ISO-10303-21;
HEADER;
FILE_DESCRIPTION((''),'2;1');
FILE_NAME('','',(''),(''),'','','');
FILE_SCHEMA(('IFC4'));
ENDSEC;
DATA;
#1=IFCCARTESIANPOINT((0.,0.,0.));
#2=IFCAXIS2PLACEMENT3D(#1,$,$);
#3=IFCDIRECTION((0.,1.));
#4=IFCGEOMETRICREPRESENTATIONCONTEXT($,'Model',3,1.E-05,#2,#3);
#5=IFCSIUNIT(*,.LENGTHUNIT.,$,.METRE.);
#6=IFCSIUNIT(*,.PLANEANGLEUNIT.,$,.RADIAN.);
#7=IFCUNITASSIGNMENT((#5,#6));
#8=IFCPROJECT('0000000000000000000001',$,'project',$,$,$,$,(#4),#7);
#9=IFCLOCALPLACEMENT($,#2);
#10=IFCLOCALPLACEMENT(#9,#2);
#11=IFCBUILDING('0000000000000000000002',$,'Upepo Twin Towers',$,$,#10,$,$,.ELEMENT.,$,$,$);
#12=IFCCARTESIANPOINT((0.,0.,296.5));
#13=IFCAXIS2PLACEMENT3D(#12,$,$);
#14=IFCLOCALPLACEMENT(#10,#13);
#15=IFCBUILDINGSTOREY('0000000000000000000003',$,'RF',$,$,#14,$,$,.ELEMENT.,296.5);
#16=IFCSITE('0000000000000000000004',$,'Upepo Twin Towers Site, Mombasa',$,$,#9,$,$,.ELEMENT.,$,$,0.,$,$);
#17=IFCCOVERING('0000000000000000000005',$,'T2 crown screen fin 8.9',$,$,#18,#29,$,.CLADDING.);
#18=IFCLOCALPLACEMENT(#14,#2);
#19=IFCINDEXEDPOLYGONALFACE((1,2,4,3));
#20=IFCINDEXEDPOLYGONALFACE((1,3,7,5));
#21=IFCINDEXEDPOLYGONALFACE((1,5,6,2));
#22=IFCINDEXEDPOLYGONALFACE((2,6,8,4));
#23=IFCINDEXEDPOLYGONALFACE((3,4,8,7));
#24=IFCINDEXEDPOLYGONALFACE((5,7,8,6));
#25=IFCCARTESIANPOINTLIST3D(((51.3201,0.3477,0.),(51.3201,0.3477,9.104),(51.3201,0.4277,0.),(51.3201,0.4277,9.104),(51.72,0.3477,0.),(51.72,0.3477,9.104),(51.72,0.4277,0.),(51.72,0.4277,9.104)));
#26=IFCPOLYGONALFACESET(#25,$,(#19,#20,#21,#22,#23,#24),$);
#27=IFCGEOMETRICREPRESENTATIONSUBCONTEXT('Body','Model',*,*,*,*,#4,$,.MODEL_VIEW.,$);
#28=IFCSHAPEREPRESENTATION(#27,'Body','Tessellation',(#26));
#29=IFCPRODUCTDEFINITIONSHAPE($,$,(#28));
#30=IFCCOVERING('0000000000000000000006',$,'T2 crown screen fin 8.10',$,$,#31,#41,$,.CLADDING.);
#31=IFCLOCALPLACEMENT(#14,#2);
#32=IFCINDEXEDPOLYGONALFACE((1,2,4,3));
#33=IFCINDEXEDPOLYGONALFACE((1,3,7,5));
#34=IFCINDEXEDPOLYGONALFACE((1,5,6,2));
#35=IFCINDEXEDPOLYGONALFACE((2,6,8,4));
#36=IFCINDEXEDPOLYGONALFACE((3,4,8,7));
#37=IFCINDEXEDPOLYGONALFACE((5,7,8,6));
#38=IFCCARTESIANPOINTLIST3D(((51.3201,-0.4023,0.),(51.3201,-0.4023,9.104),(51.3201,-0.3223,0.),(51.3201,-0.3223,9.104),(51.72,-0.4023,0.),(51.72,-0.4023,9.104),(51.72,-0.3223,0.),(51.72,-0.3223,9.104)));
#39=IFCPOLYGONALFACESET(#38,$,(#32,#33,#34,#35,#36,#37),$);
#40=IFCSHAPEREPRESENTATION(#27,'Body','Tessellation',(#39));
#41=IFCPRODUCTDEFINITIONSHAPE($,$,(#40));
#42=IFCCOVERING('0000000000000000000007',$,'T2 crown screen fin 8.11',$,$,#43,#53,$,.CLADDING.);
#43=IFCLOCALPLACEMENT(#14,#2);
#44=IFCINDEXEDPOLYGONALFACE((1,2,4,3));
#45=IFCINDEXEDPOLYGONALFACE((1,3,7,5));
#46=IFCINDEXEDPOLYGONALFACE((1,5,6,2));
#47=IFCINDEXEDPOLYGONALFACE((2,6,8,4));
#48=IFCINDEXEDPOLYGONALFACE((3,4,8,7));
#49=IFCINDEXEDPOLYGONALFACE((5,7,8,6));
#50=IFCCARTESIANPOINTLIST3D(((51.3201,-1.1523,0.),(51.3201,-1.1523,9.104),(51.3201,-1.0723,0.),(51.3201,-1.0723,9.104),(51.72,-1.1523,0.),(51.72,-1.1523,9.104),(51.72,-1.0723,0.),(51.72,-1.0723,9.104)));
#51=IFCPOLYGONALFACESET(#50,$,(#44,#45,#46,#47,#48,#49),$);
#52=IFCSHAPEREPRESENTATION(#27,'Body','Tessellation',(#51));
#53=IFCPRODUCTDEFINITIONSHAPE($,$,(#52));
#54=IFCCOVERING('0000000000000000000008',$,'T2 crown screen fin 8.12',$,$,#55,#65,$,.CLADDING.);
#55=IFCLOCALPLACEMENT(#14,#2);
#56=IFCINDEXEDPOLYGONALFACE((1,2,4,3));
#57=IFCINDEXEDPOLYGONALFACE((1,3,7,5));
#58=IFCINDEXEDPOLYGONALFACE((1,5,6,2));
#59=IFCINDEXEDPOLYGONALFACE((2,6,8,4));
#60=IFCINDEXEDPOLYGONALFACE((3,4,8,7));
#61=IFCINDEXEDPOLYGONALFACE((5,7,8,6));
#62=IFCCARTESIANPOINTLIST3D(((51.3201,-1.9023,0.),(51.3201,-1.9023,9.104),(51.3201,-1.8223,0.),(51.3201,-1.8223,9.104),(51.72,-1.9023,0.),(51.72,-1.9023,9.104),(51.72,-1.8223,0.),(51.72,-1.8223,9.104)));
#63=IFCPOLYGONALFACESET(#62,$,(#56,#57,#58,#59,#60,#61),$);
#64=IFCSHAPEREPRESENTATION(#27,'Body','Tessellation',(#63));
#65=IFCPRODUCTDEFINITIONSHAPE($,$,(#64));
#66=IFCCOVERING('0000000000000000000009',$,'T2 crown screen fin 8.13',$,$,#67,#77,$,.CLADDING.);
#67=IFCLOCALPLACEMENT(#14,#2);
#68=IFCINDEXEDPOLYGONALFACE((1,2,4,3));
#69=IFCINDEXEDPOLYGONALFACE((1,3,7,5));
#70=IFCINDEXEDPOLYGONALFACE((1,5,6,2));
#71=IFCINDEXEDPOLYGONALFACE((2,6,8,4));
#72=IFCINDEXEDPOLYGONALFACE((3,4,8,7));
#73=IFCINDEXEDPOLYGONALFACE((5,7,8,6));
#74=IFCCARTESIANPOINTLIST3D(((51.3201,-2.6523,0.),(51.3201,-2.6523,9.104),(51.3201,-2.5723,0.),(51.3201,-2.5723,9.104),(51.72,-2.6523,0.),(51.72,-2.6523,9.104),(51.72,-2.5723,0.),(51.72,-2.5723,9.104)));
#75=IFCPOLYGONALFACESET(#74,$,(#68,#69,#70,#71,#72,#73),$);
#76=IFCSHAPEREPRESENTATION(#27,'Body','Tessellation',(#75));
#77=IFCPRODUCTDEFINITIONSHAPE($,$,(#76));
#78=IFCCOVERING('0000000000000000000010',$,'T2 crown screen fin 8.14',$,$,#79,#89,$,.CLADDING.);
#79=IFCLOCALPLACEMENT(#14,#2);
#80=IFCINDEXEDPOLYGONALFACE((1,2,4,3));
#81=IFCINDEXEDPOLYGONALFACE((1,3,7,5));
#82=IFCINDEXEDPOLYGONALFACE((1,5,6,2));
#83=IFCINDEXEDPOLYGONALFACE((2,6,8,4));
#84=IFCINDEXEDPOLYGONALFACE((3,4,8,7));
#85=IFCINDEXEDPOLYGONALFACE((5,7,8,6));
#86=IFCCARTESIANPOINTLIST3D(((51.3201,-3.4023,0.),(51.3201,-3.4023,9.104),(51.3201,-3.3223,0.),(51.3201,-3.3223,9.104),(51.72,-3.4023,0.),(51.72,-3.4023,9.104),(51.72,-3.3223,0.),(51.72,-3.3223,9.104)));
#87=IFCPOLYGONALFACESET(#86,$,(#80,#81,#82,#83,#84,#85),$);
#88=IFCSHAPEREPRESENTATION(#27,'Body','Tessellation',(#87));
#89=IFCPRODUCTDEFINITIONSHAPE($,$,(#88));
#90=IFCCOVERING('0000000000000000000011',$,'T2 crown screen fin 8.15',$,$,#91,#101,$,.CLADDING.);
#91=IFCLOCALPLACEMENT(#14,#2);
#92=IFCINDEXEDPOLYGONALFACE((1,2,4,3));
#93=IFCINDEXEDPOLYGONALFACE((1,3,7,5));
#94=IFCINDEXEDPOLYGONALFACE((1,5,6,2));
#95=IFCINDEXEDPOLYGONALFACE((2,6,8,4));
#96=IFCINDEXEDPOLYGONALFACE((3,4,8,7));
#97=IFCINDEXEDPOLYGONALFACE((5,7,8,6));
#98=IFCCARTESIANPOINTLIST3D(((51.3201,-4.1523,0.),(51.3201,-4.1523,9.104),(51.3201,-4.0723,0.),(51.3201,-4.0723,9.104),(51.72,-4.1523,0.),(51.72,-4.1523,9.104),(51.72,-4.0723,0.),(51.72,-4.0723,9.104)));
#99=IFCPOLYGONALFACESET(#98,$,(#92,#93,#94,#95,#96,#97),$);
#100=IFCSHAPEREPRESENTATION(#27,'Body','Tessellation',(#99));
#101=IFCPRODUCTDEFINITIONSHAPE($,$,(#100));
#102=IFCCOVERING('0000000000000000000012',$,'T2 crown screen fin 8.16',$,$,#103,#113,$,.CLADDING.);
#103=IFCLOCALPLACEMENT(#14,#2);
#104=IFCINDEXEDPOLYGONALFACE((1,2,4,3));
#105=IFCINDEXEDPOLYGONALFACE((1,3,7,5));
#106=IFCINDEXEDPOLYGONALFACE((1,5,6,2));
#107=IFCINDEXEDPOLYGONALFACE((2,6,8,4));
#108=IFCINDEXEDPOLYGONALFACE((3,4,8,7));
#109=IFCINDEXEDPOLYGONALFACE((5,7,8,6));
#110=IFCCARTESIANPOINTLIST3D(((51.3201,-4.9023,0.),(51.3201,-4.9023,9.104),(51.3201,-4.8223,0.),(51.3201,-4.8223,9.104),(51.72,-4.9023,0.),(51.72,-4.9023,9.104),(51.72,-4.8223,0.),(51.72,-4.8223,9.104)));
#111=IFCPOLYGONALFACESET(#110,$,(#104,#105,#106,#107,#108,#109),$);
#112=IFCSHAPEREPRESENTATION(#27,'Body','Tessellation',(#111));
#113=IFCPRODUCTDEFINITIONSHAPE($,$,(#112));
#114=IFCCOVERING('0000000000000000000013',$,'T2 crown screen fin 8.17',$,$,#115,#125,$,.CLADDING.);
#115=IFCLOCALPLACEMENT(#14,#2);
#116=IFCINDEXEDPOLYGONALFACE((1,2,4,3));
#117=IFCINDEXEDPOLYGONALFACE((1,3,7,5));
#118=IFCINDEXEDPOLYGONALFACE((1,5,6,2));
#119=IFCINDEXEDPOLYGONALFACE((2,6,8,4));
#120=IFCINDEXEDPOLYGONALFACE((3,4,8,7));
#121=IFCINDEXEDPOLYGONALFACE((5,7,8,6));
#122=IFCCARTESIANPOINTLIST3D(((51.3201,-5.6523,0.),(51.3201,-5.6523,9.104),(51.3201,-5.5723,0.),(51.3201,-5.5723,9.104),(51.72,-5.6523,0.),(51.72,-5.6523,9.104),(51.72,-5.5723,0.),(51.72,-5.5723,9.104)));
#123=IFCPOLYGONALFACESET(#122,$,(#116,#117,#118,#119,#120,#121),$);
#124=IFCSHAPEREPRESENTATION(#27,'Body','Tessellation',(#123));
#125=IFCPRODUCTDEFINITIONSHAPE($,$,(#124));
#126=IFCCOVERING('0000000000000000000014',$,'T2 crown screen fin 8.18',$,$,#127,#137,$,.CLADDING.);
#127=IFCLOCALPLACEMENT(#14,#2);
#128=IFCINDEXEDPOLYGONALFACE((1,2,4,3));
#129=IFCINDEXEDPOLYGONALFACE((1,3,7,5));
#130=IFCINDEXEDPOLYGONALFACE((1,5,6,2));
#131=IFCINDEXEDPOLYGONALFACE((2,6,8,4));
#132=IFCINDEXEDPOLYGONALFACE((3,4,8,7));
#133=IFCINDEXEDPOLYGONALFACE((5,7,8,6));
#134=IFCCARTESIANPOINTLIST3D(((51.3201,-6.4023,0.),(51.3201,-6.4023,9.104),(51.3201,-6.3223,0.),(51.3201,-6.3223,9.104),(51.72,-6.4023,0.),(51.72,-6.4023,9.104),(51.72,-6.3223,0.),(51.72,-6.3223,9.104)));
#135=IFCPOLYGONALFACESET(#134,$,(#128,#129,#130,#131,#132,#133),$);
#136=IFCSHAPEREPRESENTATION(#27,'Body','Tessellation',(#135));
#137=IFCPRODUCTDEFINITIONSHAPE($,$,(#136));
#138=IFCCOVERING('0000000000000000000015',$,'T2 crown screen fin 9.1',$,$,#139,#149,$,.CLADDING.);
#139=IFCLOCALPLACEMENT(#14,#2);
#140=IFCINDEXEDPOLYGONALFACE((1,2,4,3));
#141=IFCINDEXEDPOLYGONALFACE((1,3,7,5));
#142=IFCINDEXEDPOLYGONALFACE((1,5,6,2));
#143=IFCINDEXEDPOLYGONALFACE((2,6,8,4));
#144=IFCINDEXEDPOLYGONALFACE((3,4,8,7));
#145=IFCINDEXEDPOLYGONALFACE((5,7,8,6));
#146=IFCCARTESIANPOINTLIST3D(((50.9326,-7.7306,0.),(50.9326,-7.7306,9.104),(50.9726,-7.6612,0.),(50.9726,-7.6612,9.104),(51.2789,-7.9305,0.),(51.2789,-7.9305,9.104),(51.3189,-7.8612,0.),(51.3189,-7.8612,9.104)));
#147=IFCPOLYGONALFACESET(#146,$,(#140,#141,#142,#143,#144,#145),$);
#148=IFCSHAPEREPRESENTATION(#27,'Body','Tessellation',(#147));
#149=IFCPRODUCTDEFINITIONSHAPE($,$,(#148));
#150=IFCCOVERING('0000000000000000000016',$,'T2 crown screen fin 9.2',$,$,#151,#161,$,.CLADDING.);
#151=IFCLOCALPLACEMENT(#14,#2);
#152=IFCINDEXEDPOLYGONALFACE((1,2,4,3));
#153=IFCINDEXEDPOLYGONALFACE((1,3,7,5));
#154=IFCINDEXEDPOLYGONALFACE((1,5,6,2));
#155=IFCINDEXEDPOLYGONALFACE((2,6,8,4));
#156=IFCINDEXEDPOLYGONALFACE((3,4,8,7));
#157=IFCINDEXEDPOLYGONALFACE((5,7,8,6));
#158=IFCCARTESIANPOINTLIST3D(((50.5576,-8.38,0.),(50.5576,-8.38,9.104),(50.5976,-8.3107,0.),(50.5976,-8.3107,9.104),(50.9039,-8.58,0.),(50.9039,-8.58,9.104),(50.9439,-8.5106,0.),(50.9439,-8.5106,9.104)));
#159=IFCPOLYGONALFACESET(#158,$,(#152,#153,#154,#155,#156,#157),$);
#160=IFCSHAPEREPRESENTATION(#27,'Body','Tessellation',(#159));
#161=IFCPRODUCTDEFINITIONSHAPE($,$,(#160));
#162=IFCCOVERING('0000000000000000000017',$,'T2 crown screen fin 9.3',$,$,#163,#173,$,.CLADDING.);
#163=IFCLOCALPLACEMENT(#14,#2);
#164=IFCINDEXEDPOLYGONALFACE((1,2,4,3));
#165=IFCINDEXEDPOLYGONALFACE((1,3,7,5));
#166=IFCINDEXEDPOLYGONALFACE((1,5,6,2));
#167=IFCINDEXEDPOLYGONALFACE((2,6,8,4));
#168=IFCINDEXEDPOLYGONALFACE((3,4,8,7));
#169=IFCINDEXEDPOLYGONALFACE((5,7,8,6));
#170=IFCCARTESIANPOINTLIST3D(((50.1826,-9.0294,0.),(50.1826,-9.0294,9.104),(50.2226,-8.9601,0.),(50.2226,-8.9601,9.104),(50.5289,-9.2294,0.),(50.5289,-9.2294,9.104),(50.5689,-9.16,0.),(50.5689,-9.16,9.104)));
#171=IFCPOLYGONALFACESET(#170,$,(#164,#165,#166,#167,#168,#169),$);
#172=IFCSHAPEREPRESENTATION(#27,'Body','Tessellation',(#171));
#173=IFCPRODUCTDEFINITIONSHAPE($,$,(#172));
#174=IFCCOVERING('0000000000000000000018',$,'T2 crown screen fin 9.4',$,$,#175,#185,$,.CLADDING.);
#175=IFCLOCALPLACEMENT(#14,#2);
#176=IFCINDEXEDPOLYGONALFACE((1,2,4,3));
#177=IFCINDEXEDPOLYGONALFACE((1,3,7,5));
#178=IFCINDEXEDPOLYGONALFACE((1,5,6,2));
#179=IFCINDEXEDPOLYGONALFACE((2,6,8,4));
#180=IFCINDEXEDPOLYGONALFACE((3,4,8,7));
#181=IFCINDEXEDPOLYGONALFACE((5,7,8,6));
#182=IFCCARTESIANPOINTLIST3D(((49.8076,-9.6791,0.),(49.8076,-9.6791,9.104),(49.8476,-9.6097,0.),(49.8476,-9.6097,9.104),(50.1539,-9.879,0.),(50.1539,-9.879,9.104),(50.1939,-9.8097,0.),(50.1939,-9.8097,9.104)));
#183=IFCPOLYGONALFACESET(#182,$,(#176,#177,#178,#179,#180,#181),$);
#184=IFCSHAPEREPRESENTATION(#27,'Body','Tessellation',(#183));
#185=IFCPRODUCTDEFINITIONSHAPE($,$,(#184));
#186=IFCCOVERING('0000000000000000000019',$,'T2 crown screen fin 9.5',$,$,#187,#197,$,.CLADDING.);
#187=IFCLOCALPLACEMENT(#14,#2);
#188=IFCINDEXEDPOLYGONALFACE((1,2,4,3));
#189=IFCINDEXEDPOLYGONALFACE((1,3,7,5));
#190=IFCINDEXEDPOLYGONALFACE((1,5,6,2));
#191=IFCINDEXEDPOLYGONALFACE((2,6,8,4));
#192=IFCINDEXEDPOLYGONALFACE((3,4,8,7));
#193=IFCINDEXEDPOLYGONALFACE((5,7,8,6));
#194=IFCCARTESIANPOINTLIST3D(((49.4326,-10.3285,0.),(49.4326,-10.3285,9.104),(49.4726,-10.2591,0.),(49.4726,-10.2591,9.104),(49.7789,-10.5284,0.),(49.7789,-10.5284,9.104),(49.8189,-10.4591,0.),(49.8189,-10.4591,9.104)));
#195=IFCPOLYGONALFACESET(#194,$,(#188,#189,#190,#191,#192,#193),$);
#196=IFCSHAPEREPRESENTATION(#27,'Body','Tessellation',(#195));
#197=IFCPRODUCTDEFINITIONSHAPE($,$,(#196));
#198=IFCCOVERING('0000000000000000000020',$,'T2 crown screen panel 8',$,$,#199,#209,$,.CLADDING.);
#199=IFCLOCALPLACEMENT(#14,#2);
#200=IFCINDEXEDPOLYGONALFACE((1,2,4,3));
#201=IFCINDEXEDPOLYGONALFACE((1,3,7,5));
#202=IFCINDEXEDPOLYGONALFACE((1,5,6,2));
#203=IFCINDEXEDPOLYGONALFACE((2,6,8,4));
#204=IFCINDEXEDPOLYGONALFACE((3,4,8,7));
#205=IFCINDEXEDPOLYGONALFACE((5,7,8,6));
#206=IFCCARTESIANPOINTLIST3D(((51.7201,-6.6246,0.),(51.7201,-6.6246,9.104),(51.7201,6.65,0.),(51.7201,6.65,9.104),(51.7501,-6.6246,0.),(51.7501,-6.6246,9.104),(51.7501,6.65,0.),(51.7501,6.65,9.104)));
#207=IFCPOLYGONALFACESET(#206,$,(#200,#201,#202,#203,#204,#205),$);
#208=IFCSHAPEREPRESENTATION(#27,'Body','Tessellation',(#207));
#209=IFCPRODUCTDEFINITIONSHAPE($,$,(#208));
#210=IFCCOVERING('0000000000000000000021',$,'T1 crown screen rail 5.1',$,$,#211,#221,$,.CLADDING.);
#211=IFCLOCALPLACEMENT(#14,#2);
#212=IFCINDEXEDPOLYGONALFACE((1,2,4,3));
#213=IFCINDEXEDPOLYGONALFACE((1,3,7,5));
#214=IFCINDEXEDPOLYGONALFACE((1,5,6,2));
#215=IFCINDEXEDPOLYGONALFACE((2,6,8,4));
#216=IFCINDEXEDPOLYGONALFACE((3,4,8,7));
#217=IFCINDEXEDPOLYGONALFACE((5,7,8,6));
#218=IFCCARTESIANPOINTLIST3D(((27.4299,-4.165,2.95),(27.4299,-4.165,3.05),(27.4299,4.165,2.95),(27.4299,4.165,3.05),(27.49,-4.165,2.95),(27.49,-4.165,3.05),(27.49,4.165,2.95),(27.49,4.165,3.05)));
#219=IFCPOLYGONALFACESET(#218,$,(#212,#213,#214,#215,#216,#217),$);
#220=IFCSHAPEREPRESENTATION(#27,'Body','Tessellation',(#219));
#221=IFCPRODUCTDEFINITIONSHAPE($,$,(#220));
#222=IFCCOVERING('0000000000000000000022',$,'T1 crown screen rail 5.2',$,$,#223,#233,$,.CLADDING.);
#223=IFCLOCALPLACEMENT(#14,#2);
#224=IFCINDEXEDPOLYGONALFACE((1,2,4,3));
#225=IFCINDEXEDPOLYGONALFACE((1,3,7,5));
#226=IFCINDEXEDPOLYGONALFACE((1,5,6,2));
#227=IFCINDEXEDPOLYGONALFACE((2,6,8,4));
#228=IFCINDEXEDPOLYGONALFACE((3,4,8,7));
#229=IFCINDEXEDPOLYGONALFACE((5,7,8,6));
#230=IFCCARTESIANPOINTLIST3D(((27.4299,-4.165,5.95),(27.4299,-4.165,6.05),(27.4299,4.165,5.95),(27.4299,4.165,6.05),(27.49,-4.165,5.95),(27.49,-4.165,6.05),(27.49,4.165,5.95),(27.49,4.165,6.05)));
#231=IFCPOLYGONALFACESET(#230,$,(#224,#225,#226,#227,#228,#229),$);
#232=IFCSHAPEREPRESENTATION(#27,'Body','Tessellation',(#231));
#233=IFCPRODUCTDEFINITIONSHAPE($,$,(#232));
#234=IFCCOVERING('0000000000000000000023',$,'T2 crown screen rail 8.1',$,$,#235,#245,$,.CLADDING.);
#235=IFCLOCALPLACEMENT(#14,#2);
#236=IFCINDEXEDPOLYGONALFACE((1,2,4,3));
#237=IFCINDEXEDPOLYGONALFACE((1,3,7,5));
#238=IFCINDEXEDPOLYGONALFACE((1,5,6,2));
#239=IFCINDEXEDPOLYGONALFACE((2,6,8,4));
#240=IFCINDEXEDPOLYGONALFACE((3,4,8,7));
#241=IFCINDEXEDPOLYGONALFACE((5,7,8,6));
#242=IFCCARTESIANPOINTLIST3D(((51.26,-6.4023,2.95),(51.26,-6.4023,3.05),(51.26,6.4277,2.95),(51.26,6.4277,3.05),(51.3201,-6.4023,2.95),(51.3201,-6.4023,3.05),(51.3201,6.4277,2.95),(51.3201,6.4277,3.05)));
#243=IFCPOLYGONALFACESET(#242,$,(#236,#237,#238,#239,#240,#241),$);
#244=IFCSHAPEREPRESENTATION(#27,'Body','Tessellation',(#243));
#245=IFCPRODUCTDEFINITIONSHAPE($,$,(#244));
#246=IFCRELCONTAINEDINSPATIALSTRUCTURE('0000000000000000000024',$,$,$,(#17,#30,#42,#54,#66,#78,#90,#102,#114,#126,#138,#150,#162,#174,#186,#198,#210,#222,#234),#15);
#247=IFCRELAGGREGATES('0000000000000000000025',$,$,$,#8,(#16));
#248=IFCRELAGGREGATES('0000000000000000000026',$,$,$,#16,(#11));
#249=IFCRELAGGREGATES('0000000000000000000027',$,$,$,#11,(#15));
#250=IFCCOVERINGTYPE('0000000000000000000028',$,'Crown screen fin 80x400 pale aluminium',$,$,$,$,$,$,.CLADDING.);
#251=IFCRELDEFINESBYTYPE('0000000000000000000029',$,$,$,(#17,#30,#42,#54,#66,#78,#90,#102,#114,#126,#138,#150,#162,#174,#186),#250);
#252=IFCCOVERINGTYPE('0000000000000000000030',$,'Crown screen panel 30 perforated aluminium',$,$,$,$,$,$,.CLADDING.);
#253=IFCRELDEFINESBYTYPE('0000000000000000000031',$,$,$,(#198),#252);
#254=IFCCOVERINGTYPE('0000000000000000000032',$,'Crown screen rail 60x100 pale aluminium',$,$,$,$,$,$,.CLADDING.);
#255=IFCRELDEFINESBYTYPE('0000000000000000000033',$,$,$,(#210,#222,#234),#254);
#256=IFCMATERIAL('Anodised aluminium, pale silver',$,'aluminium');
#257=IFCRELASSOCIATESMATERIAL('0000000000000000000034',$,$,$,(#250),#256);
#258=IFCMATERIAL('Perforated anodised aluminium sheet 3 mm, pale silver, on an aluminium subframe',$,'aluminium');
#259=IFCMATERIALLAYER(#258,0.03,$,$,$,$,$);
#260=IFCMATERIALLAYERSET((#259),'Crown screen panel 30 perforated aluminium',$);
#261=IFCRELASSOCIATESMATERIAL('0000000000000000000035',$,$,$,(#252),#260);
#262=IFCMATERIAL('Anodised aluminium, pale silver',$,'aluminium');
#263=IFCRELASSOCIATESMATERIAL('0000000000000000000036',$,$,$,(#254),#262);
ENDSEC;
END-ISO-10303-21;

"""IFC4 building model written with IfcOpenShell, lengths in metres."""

from ifc_helpers import new_model, si_unit, direction, frame, origin, origin_2d, place, context, subcontext, project, spatial, rectangle, extrude, material, layer, layer_set, type_object, element, save


model = new_model("IFC4")

# Units and contexts
model_context = context("Model", 3, precision=1e-05, world=origin(), true_north=direction((0.0, 1.0)))
body_context = subcontext(model_context, "Body", "Model", "MODEL_VIEW")
ifc_project = project(units=[si_unit("LENGTHUNIT", "METRE"), si_unit("PLANEANGLEUNIT", "RADIAN")], contexts=[model_context])

# Site, building, storey
site_placement = place(None, origin())
site = spatial("IfcSite", under=ifc_project, at=site_placement, Name="Upepo Twin Towers Site, Mombasa", CompositionType="ELEMENT", RefElevation=0.0)
building_placement = place(site_placement, origin())
building = spatial("IfcBuilding", under=site, at=building_placement, Name="Upepo Twin Towers", CompositionType="ELEMENT")
storey_placement = place(building_placement, frame((0.0, 0.0, 296.5)))
storey = spatial("IfcBuildingStorey", under=building, at=storey_placement, Name="RF", CompositionType="ELEMENT", Elevation=296.5)

# Coverings
ifc_material_1 = material(Name="Anodised aluminium, pale silver", Category="aluminium")
covering_type_1 = type_object("IfcCoveringType", Name="Crown screen fin 80x400 pale aluminium", PredefinedType="CLADDING", material=ifc_material_1)
for number, where, z_axis, x_axis, name in (
    (1, (51.52, 0.3877, 0.0), (0.0, 0.0, 1.0), (0.0, -1.0, 0.0), "T2 crown screen fin 8.9"),
    (2, (51.52, -0.3623, 0.0), (0.0, 0.0, 1.0), (0.0, -1.0, 0.0), "T2 crown screen fin 8.10"),
    (3, (51.52, -1.1123, 0.0), (0.0, 0.0, 1.0), (0.0, -1.0, 0.0), "T2 crown screen fin 8.11"),
    (4, (51.52, -1.8623, 0.0), (0.0, 0.0, 1.0), (0.0, -1.0, 0.0), "T2 crown screen fin 8.12"),
    (5, (51.52, -2.6123, 0.0), (0.0, 0.0, 1.0), (0.0, -1.0, 0.0), "T2 crown screen fin 8.13"),
    (6, (51.52, -3.3623, 0.0), (0.0, 0.0, 1.0), (0.0, -1.0, 0.0), "T2 crown screen fin 8.14"),
    (7, (51.52, -4.1123, 0.0), (0.0, 0.0, 1.0), (0.0, -1.0, 0.0), "T2 crown screen fin 8.15"),
    (8, (51.52, -4.8623, 0.0), (0.0, 0.0, 1.0), (0.0, -1.0, 0.0), "T2 crown screen fin 8.16"),
    (9, (51.52, -5.6123, 0.0), (0.0, 0.0, 1.0), (0.0, -1.0, 0.0), "T2 crown screen fin 8.17"),
    (10, (51.52, -6.3623, 0.0), (0.0, 0.0, 1.0), (0.0, -1.0, 0.0), "T2 crown screen fin 8.18"),
    (11, (51.1257, -7.7959, 0.0), (0.0, 0.0, 1.0), (-0.5, -0.866025, 0.0), "T2 crown screen fin 9.1"),
    (12, (50.7507, -8.4453, 0.0), (0.0, 0.0, 1.0), (-0.5, -0.866025, 0.0), "T2 crown screen fin 9.2"),
    (13, (50.3757, -9.0947, 0.0), (0.0, 0.0, 1.0), (-0.5, -0.866025, 0.0), "T2 crown screen fin 9.3"),
    (14, (50.0007, -9.7444, 0.0), (0.0, 0.0, 1.0), (-0.5, -0.866025, 0.0), "T2 crown screen fin 9.4"),
    (15, (49.6257, -10.3938, 0.0), (0.0, 0.0, 1.0), (-0.5, -0.866025, 0.0), "T2 crown screen fin 9.5"),
):
    element("IfcCovering", number, at=place(storey_placement, frame(where, z_axis=z_axis, x_axis=x_axis)), inside=storey, type_object=covering_type_1, Name=name, PredefinedType="CLADDING", context=body_context, shape_type="SweptSolid", body=[
        extrude(rectangle(XDim=0.0801, YDim=0.3999, at=origin_2d()), origin(), (0.0, 0.0, 1.0), 9.104),
    ])
ifc_material_2 = material(Name="Perforated anodised aluminium sheet 3 mm, pale silver, on an aluminium subframe", Category="aluminium")
ifc_layer_1 = layer(ifc_material_2, 0.03)
ifc_layer_set_1 = layer_set([ifc_layer_1], Name="Crown screen panel 30 perforated aluminium")
covering_type_2 = type_object("IfcCoveringType", Name="Crown screen panel 30 perforated aluminium", PredefinedType="CLADDING", material=ifc_layer_set_1)
covering_placement = place(storey_placement, frame((51.7351, 0.0127, 0.0), z_axis=(0.0, 0.0, 1.0), x_axis=(0.0, -1.0, 0.0)))
element("IfcCovering", 16, at=covering_placement, inside=storey, type_object=covering_type_2, Name="T2 crown screen panel 8", PredefinedType="CLADDING", context=body_context, shape_type="SweptSolid", body=[
    extrude(rectangle(XDim=13.2747, YDim=0.03, at=origin_2d()), origin(), (0.0, 0.0, 1.0), 9.104),
])
ifc_material_3 = material(Name="Anodised aluminium, pale silver", Category="aluminium")
covering_type_3 = type_object("IfcCoveringType", Name="Crown screen rail 60x100 pale aluminium", PredefinedType="CLADDING", material=ifc_material_3)
for number, where, z_axis, x_axis, name in (
    (17, (27.46, 0.0, 2.95), (0.0, 0.0, 1.0), (0.0, 1.0, 0.0), "T1 crown screen rail 5.1"),
    (18, (27.46, 0.0, 5.95), (0.0, 0.0, 1.0), (0.0, 1.0, 0.0), "T1 crown screen rail 5.2"),
):
    element("IfcCovering", number, at=place(storey_placement, frame(where, z_axis=z_axis, x_axis=x_axis)), inside=storey, type_object=covering_type_3, Name=name, PredefinedType="CLADDING", context=body_context, shape_type="SweptSolid", body=[
        extrude(rectangle(XDim=8.3301, YDim=0.0601, at=origin_2d()), origin(), (0.0, 0.0, 1.0), 0.1001),
    ])
for number, where, z_axis, x_axis, name in (
    (19, (51.29, 0.0127, 2.95), (0.0, 0.0, 1.0), (0.0, -1.0, 0.0), "T2 crown screen rail 8.1"),
):
    element("IfcCovering", number, at=place(storey_placement, frame(where, z_axis=z_axis, x_axis=x_axis)), inside=storey, type_object=covering_type_3, Name=name, PredefinedType="CLADDING", context=body_context, shape_type="SweptSolid", body=[
        extrude(rectangle(XDim=12.8301, YDim=0.0601, at=origin_2d()), origin(), (0.0, 0.0, 1.0), 0.1001),
    ])

save(model, "model.ifc")
